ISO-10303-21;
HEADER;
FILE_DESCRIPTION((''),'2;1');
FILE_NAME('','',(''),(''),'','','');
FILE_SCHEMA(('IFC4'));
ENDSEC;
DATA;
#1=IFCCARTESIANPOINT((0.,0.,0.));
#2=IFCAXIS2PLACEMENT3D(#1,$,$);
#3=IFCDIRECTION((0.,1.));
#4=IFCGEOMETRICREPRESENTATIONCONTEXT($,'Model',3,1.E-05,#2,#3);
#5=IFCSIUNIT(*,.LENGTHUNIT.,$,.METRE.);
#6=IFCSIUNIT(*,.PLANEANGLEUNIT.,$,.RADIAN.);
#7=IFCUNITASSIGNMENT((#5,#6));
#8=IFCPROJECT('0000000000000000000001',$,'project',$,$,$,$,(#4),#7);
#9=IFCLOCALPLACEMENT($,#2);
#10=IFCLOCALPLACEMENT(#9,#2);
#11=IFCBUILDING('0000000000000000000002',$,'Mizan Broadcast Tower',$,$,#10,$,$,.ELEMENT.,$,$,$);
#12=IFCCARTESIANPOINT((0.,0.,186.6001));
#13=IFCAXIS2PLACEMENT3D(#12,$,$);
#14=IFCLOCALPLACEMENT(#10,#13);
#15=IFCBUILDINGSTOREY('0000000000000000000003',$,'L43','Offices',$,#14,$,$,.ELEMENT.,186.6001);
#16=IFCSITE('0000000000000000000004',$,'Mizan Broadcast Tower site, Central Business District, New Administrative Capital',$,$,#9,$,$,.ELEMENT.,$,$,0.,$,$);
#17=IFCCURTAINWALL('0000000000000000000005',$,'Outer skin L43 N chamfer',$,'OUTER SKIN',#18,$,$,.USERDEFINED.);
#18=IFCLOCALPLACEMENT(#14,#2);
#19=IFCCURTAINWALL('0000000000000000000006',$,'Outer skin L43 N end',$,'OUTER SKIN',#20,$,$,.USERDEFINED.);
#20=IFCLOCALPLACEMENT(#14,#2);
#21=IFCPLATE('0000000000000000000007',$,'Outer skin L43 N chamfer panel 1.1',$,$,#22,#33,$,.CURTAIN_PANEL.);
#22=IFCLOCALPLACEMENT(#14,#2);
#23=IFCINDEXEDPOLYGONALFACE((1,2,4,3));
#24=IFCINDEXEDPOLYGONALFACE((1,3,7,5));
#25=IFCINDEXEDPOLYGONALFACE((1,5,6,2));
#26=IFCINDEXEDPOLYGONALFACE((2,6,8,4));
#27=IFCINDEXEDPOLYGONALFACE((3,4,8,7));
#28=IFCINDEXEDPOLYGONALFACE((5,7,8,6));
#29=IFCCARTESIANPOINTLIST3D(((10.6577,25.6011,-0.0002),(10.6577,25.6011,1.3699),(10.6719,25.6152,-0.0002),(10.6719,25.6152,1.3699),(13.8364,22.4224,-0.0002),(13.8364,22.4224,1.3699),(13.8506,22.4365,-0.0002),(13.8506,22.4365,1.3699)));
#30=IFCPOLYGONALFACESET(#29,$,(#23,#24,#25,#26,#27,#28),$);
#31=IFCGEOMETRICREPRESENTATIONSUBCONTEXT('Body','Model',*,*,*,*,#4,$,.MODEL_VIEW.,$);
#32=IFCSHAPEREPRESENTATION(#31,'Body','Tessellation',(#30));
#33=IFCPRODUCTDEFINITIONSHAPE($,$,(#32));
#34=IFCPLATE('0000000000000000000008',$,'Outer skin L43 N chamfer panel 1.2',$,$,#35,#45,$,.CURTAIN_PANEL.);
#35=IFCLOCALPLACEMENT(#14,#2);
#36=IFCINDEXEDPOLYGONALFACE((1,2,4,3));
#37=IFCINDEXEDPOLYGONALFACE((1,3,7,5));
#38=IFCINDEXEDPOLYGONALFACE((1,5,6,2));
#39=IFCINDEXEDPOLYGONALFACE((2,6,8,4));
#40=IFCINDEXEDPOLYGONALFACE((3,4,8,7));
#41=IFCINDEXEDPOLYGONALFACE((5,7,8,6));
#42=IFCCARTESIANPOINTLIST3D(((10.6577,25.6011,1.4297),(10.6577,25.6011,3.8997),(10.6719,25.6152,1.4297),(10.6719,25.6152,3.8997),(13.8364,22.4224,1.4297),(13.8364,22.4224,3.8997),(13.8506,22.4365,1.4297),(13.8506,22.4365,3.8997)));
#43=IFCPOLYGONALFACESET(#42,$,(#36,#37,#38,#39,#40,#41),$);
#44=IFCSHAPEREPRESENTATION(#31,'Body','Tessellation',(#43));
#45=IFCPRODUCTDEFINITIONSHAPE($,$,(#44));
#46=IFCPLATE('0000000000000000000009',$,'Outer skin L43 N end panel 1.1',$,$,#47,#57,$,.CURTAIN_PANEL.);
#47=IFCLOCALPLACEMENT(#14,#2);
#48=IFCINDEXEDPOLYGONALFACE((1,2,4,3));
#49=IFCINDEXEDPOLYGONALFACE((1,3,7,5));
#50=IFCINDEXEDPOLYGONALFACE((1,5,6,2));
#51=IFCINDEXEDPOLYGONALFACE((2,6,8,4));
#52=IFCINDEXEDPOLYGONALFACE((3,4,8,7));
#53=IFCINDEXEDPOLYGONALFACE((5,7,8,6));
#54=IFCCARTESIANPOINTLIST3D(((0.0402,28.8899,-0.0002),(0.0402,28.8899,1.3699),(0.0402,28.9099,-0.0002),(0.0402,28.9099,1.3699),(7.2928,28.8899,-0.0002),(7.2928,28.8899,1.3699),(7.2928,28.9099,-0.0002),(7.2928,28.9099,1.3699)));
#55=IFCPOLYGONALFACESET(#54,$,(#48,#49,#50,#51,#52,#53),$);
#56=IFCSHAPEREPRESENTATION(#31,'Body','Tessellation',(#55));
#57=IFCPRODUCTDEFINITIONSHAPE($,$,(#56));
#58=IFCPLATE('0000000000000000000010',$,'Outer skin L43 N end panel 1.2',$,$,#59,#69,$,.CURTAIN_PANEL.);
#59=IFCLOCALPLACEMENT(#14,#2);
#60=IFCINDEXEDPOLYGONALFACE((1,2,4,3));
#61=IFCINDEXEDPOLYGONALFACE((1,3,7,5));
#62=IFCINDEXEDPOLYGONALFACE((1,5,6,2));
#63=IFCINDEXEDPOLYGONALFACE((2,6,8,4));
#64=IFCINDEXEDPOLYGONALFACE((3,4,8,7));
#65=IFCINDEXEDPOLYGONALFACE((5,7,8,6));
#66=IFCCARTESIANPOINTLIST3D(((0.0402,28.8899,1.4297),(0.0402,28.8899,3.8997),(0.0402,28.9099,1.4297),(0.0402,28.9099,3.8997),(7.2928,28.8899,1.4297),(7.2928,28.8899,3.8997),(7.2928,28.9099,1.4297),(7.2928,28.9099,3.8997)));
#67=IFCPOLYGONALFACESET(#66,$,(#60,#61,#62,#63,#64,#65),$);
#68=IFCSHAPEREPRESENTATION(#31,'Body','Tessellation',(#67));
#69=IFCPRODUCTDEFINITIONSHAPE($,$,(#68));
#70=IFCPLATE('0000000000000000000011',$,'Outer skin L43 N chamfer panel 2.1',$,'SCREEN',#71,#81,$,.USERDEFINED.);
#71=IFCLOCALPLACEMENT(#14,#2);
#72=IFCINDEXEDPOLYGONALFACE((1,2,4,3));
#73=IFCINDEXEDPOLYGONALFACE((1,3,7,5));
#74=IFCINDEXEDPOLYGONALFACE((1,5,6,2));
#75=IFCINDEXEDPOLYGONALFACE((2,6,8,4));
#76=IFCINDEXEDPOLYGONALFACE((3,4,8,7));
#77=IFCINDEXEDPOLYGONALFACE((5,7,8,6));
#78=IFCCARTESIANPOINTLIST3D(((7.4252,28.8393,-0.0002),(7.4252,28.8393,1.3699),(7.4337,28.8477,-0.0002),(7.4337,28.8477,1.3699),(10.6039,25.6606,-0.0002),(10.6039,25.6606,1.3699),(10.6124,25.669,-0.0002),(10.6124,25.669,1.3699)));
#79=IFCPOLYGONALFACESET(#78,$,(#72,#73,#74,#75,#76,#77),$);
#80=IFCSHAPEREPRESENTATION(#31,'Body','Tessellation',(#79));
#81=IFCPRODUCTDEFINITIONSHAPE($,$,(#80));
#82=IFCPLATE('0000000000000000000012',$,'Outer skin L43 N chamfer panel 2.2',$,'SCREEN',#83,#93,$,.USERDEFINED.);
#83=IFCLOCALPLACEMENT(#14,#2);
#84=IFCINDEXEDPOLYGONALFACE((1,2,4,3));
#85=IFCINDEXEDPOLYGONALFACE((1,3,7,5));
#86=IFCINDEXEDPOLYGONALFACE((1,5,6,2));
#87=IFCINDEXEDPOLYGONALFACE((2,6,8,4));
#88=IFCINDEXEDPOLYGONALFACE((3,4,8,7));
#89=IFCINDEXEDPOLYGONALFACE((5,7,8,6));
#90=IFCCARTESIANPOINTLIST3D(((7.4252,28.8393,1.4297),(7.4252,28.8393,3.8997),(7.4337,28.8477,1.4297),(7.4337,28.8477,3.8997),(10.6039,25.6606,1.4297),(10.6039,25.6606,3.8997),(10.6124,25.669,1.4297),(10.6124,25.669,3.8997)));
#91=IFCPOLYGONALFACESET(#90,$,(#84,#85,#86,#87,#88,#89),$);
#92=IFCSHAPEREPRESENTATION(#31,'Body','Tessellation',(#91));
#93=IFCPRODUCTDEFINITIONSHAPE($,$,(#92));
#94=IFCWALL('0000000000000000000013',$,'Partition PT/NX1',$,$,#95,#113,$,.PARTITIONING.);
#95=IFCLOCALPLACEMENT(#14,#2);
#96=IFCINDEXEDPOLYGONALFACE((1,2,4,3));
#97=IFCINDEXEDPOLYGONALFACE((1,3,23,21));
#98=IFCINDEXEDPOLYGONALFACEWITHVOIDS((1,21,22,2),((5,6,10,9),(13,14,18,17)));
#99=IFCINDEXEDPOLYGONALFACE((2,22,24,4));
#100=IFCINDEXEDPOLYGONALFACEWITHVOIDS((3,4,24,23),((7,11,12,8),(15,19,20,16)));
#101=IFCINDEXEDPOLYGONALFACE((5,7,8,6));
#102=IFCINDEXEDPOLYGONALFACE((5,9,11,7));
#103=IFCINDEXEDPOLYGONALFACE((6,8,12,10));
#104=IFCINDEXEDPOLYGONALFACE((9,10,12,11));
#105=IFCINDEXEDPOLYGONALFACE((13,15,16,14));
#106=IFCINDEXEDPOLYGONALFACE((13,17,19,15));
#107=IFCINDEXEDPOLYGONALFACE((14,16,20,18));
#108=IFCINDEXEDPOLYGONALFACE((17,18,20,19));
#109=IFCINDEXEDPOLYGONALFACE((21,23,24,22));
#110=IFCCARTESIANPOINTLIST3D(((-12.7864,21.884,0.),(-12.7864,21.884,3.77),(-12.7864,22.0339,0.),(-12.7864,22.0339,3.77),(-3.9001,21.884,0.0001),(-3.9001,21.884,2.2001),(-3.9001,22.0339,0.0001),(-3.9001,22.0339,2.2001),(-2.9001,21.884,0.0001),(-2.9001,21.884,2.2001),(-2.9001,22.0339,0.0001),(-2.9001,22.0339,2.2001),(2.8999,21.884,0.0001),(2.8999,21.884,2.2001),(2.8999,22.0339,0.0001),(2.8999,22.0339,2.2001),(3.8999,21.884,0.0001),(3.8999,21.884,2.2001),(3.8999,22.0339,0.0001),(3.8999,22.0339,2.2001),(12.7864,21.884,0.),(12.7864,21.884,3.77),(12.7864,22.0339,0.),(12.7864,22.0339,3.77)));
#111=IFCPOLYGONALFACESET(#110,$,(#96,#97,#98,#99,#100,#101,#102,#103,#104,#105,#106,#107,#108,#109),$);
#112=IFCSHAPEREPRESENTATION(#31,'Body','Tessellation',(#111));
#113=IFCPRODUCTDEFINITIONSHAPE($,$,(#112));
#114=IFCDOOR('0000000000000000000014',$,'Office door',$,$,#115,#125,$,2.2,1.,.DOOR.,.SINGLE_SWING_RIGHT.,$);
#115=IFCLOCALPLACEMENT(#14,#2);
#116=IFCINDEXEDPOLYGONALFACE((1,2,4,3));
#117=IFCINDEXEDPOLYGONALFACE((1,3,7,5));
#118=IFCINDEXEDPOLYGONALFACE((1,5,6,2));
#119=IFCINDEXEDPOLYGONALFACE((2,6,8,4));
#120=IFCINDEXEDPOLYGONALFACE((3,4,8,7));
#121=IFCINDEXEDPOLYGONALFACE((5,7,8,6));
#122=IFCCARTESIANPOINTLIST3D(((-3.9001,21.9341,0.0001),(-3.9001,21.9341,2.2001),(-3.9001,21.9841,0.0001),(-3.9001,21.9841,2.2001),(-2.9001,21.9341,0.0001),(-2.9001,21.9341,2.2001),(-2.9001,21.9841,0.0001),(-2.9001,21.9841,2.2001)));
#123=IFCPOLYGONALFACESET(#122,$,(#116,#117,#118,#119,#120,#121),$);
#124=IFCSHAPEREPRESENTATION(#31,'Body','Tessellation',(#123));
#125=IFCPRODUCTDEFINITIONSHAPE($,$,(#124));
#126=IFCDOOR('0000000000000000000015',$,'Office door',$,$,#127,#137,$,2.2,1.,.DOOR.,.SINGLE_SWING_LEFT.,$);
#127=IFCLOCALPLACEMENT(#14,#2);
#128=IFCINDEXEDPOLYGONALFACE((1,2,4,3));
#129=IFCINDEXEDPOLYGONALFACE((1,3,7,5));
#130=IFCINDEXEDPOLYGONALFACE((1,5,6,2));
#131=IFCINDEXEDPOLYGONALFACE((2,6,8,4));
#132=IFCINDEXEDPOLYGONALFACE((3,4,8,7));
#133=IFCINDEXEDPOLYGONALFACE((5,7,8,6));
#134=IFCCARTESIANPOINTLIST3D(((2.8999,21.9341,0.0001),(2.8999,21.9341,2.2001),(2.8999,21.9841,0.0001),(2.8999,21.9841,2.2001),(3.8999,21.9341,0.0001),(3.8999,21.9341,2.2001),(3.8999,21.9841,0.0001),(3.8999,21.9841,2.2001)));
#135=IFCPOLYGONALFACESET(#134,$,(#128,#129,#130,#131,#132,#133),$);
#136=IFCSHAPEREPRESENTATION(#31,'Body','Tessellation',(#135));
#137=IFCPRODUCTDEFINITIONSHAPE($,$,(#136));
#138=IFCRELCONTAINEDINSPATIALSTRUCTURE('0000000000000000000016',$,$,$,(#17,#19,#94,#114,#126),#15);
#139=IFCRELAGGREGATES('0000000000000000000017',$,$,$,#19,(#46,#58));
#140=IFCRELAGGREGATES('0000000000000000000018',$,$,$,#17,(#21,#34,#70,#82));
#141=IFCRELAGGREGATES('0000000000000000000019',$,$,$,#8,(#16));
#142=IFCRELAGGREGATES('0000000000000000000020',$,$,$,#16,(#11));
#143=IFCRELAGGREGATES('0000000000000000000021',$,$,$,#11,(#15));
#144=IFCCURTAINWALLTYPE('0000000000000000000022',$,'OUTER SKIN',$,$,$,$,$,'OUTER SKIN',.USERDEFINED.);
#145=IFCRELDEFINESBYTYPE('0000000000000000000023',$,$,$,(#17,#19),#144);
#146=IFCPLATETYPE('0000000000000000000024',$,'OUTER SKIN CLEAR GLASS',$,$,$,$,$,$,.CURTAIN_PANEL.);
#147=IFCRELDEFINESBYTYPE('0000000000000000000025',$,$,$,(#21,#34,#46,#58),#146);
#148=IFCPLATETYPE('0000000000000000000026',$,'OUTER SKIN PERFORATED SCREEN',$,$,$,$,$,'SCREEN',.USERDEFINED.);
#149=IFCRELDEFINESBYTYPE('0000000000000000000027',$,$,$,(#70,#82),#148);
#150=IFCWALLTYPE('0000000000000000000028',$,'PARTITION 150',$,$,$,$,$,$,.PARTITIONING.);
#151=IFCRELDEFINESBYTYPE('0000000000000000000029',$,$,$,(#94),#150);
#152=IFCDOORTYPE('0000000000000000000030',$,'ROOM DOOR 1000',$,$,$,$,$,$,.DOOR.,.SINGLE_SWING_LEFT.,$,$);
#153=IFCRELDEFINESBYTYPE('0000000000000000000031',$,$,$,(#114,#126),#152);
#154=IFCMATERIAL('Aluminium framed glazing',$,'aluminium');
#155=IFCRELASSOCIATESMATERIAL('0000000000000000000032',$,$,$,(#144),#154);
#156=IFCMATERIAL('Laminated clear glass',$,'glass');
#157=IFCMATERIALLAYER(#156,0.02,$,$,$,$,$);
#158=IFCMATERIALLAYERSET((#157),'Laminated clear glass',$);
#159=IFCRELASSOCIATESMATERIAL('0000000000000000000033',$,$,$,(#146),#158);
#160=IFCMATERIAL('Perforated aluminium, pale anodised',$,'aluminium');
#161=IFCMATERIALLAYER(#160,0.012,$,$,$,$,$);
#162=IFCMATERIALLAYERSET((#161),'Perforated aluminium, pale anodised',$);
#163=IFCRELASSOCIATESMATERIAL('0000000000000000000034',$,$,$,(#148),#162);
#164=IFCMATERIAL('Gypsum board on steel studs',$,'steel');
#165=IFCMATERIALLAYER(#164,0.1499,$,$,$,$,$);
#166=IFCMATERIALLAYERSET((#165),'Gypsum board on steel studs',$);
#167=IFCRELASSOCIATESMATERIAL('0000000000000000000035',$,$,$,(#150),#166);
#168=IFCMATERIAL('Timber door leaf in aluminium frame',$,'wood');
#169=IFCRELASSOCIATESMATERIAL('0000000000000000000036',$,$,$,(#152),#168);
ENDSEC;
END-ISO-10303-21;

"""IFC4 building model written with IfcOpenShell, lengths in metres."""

from ifc_helpers import new_model, si_unit, direction, frame, frame_2d, origin, origin_2d, place, context, subcontext, project, spatial, rectangle, extrude, material, layer, layer_set, type_object, element, fill, aggregate, save


model = new_model("IFC4")

# Units and contexts
model_context = context("Model", 3, precision=1e-05, world=origin(), true_north=direction((0.0, 1.0)))
body_context = subcontext(model_context, "Body", "Model", "MODEL_VIEW")
ifc_project = project(units=[si_unit("LENGTHUNIT", "METRE"), si_unit("PLANEANGLEUNIT", "RADIAN")], contexts=[model_context])

# Site, building, storey
site_placement = place(None, origin())
site = spatial("IfcSite", under=ifc_project, at=site_placement, Name="Mizan Broadcast Tower site, Central Business District, New Administrative Capital", CompositionType="ELEMENT", RefElevation=0.0)
building_placement = place(site_placement, origin())
building = spatial("IfcBuilding", under=site, at=building_placement, Name="Mizan Broadcast Tower", CompositionType="ELEMENT")
storey_placement = place(building_placement, frame((0.0, 0.0, 186.6001)))
storey = spatial("IfcBuildingStorey", under=building, at=storey_placement, Name="L43", Description="Offices", CompositionType="ELEMENT", Elevation=186.6001)

# Shared definitions
ifc_material_1 = material(Name="Aluminium framed glazing", Category="aluminium")
curtain_wall_type_1 = type_object("IfcCurtainWallType", Name="OUTER SKIN", ElementType="OUTER SKIN", PredefinedType="USERDEFINED", material=ifc_material_1)

# Curtain wall
curtain_wall_1_placement = place(storey_placement, origin())
curtain_wall_1 = element("IfcCurtainWall", 1, at=curtain_wall_1_placement, inside=storey, type_object=curtain_wall_type_1, Name="Outer skin L43 N chamfer", ObjectType="OUTER SKIN", PredefinedType="USERDEFINED")

# Curtain wall
curtain_wall_2_placement = place(storey_placement, origin())
curtain_wall_2 = element("IfcCurtainWall", 2, at=curtain_wall_2_placement, inside=storey, type_object=curtain_wall_type_1, Name="Outer skin L43 N end", ObjectType="OUTER SKIN", PredefinedType="USERDEFINED")

# Plates
ifc_material_2 = material(Name="Laminated clear glass", Category="glass")
ifc_layer_1 = layer(ifc_material_2, 0.02)
ifc_layer_set_1 = layer_set([ifc_layer_1], Name="Laminated clear glass")
plate_type_1 = type_object("IfcPlateType", Name="OUTER SKIN CLEAR GLASS", PredefinedType="CURTAIN_PANEL", material=ifc_layer_set_1)
plate_1_placement = place(storey_placement, frame((12.2542, 24.0188, -0.0002), z_axis=(0.0, 0.0, 1.0), x_axis=(-0.707107, 0.707107, 0.0)))
plate_1 = element("IfcPlate", 3, at=plate_1_placement, type_object=plate_type_1, Name="Outer skin L43 N chamfer panel 1.1", PredefinedType="CURTAIN_PANEL", context=body_context, shape_type="SweptSolid", body=[
    extrude(rectangle(XDim=4.4954, YDim=0.02, at=origin_2d()), origin(), (0.0, 0.0, 1.0), 1.3701),
])
plate_2_placement = place(storey_placement, frame((12.2542, 24.0188, 1.4297), z_axis=(0.0, 0.0, 1.0), x_axis=(-0.707107, 0.707107, 0.0)))
plate_2 = element("IfcPlate", 4, at=plate_2_placement, type_object=plate_type_1, Name="Outer skin L43 N chamfer panel 1.2", PredefinedType="CURTAIN_PANEL", context=body_context, shape_type="SweptSolid", body=[
    extrude(rectangle(XDim=4.4954, YDim=0.02, at=origin_2d()), origin(), (0.0, 0.0, 1.0), 2.47),
])
plate_3_placement = place(storey_placement, frame((3.6665, 28.8999, -0.0002), z_axis=(0.0, 0.0, 1.0), x_axis=(-1.0, 0.0, 0.0)))
plate_3 = element("IfcPlate", 5, at=plate_3_placement, type_object=plate_type_1, Name="Outer skin L43 N end panel 1.1", PredefinedType="CURTAIN_PANEL", context=body_context, shape_type="SweptSolid", body=[
    extrude(rectangle(XDim=7.2527, YDim=0.02, at=origin_2d()), origin(), (0.0, 0.0, 1.0), 1.3701),
])
plate_4_placement = place(storey_placement, frame((3.6665, 28.8999, 1.4297), z_axis=(0.0, 0.0, 1.0), x_axis=(-1.0, 0.0, 0.0)))
plate_4 = element("IfcPlate", 6, at=plate_4_placement, type_object=plate_type_1, Name="Outer skin L43 N end panel 1.2", PredefinedType="CURTAIN_PANEL", context=body_context, shape_type="SweptSolid", body=[
    extrude(rectangle(XDim=7.2527, YDim=0.02, at=origin_2d()), origin(), (0.0, 0.0, 1.0), 2.47),
])
aggregate(curtain_wall_2, [plate_3, plate_4])
ifc_material_3 = material(Name="Perforated aluminium, pale anodised", Category="aluminium")
ifc_layer_2 = layer(ifc_material_3, 0.012)
ifc_layer_set_2 = layer_set([ifc_layer_2], Name="Perforated aluminium, pale anodised")
plate_type_2 = type_object("IfcPlateType", Name="OUTER SKIN PERFORATED SCREEN", ElementType="SCREEN", PredefinedType="USERDEFINED", material=ifc_layer_set_2)
plate_5_placement = place(storey_placement, frame((9.0188, 27.2542, -0.0002), z_axis=(0.0, 0.0, 1.0), x_axis=(-0.707107, 0.707107, 0.0)))
plate_5 = element("IfcPlate", 7, at=plate_5_placement, type_object=plate_type_2, Name="Outer skin L43 N chamfer panel 2.1", ObjectType="SCREEN", PredefinedType="USERDEFINED", context=body_context, shape_type="SweptSolid", body=[
    extrude(rectangle(XDim=4.4954, YDim=0.012, at=origin_2d()), origin(), (0.0, 0.0, 1.0), 1.3701),
])
plate_6_placement = place(storey_placement, frame((9.0188, 27.2542, 1.4297), z_axis=(0.0, 0.0, 1.0), x_axis=(-0.707107, 0.707107, 0.0)))
plate_6 = element("IfcPlate", 8, at=plate_6_placement, type_object=plate_type_2, Name="Outer skin L43 N chamfer panel 2.2", ObjectType="SCREEN", PredefinedType="USERDEFINED", context=body_context, shape_type="SweptSolid", body=[
    extrude(rectangle(XDim=4.4954, YDim=0.012, at=origin_2d()), origin(), (0.0, 0.0, 1.0), 2.47),
])
aggregate(curtain_wall_1, [plate_1, plate_2, plate_5, plate_6])

# Wall, openings, doors
ifc_material_4 = material(Name="Gypsum board on steel studs", Category="steel")
ifc_layer_3 = layer(ifc_material_4, 0.1499)
ifc_layer_set_3 = layer_set([ifc_layer_3], Name="Gypsum board on steel studs")
wall_type = type_object("IfcWallType", Name="PARTITION 150", PredefinedType="PARTITIONING", material=ifc_layer_set_3)
wall_placement = place(storey_placement, frame((12.7864, 21.959, 0.0), z_axis=(0.0, 0.0, 1.0), x_axis=(-1.0, 0.0, 0.0)))
wall = element("IfcWall", 9, at=wall_placement, inside=storey, type_object=wall_type, Name="Partition PT/NX1", PredefinedType="PARTITIONING", context=body_context, shape_type="SweptSolid", body=[
    extrude(rectangle(XDim=25.5728, YDim=0.1499, at=frame_2d((12.7864, 0.0))), origin(), (0.0, 0.0, 1.0), 3.77),
])
opening_1_placement = place(wall_placement, frame((15.6865, 0.0, 0.0)))
opening_1 = element("IfcOpeningElement", 10, at=opening_1_placement, cuts=wall, PredefinedType="OPENING", context=body_context, shape_type="SweptSolid", body=[
    extrude(rectangle(XDim=1.0, YDim=2.2, at=frame_2d((0.5, 1.1001))), frame((0.0, 0.085, 0.0), z_axis=(0.0, -1.0, 0.0), x_axis=(1.0, 0.0, 0.0)), (0.0, 0.0, 1.0), 0.1699),
])
opening_2_placement = place(wall_placement, frame((8.8865, 0.0, 0.0)))
opening_2 = element("IfcOpeningElement", 11, at=opening_2_placement, cuts=wall, PredefinedType="OPENING", context=body_context, shape_type="SweptSolid", body=[
    extrude(rectangle(XDim=1.0, YDim=2.2, at=frame_2d((0.5, 1.1001))), frame((0.0, 0.085, 0.0), z_axis=(0.0, -1.0, 0.0), x_axis=(1.0, 0.0, 0.0)), (0.0, 0.0, 1.0), 0.1699),
])
ifc_material_5 = material(Name="Timber door leaf in aluminium frame", Category="wood")
door_type = type_object("IfcDoorType", Name="ROOM DOOR 1000", OperationType="SINGLE_SWING_LEFT", PredefinedType="DOOR", material=ifc_material_5)
door_1_placement = place(opening_1_placement, origin())
door_1 = element("IfcDoor", 12, at=door_1_placement, inside=storey, type_object=door_type, Name="Office door", OperationType="SINGLE_SWING_RIGHT", OverallHeight=2.2, OverallWidth=1.0, PredefinedType="DOOR", context=body_context, shape_type="SweptSolid", body=[
    extrude(rectangle(XDim=1.0, YDim=2.2, at=frame_2d((0.5, 1.1001))), frame((0.0, 0.0249, 0.0), z_axis=(0.0, -1.0, 0.0), x_axis=(1.0, 0.0, 0.0)), (0.0, 0.0, 1.0), 0.05),
])
fill(opening_1, door_1)
door_2_placement = place(opening_2_placement, origin())
door_2 = element("IfcDoor", 13, at=door_2_placement, inside=storey, type_object=door_type, Name="Office door", OperationType="SINGLE_SWING_LEFT", OverallHeight=2.2, OverallWidth=1.0, PredefinedType="DOOR", context=body_context, shape_type="SweptSolid", body=[
    extrude(rectangle(XDim=1.0, YDim=2.2, at=frame_2d((0.5, 1.1001))), frame((0.0, 0.0249, 0.0), z_axis=(0.0, -1.0, 0.0), x_axis=(1.0, 0.0, 0.0)), (0.0, 0.0, 1.0), 0.05),
])
fill(opening_2, door_2)

save(model, "model.ifc")
